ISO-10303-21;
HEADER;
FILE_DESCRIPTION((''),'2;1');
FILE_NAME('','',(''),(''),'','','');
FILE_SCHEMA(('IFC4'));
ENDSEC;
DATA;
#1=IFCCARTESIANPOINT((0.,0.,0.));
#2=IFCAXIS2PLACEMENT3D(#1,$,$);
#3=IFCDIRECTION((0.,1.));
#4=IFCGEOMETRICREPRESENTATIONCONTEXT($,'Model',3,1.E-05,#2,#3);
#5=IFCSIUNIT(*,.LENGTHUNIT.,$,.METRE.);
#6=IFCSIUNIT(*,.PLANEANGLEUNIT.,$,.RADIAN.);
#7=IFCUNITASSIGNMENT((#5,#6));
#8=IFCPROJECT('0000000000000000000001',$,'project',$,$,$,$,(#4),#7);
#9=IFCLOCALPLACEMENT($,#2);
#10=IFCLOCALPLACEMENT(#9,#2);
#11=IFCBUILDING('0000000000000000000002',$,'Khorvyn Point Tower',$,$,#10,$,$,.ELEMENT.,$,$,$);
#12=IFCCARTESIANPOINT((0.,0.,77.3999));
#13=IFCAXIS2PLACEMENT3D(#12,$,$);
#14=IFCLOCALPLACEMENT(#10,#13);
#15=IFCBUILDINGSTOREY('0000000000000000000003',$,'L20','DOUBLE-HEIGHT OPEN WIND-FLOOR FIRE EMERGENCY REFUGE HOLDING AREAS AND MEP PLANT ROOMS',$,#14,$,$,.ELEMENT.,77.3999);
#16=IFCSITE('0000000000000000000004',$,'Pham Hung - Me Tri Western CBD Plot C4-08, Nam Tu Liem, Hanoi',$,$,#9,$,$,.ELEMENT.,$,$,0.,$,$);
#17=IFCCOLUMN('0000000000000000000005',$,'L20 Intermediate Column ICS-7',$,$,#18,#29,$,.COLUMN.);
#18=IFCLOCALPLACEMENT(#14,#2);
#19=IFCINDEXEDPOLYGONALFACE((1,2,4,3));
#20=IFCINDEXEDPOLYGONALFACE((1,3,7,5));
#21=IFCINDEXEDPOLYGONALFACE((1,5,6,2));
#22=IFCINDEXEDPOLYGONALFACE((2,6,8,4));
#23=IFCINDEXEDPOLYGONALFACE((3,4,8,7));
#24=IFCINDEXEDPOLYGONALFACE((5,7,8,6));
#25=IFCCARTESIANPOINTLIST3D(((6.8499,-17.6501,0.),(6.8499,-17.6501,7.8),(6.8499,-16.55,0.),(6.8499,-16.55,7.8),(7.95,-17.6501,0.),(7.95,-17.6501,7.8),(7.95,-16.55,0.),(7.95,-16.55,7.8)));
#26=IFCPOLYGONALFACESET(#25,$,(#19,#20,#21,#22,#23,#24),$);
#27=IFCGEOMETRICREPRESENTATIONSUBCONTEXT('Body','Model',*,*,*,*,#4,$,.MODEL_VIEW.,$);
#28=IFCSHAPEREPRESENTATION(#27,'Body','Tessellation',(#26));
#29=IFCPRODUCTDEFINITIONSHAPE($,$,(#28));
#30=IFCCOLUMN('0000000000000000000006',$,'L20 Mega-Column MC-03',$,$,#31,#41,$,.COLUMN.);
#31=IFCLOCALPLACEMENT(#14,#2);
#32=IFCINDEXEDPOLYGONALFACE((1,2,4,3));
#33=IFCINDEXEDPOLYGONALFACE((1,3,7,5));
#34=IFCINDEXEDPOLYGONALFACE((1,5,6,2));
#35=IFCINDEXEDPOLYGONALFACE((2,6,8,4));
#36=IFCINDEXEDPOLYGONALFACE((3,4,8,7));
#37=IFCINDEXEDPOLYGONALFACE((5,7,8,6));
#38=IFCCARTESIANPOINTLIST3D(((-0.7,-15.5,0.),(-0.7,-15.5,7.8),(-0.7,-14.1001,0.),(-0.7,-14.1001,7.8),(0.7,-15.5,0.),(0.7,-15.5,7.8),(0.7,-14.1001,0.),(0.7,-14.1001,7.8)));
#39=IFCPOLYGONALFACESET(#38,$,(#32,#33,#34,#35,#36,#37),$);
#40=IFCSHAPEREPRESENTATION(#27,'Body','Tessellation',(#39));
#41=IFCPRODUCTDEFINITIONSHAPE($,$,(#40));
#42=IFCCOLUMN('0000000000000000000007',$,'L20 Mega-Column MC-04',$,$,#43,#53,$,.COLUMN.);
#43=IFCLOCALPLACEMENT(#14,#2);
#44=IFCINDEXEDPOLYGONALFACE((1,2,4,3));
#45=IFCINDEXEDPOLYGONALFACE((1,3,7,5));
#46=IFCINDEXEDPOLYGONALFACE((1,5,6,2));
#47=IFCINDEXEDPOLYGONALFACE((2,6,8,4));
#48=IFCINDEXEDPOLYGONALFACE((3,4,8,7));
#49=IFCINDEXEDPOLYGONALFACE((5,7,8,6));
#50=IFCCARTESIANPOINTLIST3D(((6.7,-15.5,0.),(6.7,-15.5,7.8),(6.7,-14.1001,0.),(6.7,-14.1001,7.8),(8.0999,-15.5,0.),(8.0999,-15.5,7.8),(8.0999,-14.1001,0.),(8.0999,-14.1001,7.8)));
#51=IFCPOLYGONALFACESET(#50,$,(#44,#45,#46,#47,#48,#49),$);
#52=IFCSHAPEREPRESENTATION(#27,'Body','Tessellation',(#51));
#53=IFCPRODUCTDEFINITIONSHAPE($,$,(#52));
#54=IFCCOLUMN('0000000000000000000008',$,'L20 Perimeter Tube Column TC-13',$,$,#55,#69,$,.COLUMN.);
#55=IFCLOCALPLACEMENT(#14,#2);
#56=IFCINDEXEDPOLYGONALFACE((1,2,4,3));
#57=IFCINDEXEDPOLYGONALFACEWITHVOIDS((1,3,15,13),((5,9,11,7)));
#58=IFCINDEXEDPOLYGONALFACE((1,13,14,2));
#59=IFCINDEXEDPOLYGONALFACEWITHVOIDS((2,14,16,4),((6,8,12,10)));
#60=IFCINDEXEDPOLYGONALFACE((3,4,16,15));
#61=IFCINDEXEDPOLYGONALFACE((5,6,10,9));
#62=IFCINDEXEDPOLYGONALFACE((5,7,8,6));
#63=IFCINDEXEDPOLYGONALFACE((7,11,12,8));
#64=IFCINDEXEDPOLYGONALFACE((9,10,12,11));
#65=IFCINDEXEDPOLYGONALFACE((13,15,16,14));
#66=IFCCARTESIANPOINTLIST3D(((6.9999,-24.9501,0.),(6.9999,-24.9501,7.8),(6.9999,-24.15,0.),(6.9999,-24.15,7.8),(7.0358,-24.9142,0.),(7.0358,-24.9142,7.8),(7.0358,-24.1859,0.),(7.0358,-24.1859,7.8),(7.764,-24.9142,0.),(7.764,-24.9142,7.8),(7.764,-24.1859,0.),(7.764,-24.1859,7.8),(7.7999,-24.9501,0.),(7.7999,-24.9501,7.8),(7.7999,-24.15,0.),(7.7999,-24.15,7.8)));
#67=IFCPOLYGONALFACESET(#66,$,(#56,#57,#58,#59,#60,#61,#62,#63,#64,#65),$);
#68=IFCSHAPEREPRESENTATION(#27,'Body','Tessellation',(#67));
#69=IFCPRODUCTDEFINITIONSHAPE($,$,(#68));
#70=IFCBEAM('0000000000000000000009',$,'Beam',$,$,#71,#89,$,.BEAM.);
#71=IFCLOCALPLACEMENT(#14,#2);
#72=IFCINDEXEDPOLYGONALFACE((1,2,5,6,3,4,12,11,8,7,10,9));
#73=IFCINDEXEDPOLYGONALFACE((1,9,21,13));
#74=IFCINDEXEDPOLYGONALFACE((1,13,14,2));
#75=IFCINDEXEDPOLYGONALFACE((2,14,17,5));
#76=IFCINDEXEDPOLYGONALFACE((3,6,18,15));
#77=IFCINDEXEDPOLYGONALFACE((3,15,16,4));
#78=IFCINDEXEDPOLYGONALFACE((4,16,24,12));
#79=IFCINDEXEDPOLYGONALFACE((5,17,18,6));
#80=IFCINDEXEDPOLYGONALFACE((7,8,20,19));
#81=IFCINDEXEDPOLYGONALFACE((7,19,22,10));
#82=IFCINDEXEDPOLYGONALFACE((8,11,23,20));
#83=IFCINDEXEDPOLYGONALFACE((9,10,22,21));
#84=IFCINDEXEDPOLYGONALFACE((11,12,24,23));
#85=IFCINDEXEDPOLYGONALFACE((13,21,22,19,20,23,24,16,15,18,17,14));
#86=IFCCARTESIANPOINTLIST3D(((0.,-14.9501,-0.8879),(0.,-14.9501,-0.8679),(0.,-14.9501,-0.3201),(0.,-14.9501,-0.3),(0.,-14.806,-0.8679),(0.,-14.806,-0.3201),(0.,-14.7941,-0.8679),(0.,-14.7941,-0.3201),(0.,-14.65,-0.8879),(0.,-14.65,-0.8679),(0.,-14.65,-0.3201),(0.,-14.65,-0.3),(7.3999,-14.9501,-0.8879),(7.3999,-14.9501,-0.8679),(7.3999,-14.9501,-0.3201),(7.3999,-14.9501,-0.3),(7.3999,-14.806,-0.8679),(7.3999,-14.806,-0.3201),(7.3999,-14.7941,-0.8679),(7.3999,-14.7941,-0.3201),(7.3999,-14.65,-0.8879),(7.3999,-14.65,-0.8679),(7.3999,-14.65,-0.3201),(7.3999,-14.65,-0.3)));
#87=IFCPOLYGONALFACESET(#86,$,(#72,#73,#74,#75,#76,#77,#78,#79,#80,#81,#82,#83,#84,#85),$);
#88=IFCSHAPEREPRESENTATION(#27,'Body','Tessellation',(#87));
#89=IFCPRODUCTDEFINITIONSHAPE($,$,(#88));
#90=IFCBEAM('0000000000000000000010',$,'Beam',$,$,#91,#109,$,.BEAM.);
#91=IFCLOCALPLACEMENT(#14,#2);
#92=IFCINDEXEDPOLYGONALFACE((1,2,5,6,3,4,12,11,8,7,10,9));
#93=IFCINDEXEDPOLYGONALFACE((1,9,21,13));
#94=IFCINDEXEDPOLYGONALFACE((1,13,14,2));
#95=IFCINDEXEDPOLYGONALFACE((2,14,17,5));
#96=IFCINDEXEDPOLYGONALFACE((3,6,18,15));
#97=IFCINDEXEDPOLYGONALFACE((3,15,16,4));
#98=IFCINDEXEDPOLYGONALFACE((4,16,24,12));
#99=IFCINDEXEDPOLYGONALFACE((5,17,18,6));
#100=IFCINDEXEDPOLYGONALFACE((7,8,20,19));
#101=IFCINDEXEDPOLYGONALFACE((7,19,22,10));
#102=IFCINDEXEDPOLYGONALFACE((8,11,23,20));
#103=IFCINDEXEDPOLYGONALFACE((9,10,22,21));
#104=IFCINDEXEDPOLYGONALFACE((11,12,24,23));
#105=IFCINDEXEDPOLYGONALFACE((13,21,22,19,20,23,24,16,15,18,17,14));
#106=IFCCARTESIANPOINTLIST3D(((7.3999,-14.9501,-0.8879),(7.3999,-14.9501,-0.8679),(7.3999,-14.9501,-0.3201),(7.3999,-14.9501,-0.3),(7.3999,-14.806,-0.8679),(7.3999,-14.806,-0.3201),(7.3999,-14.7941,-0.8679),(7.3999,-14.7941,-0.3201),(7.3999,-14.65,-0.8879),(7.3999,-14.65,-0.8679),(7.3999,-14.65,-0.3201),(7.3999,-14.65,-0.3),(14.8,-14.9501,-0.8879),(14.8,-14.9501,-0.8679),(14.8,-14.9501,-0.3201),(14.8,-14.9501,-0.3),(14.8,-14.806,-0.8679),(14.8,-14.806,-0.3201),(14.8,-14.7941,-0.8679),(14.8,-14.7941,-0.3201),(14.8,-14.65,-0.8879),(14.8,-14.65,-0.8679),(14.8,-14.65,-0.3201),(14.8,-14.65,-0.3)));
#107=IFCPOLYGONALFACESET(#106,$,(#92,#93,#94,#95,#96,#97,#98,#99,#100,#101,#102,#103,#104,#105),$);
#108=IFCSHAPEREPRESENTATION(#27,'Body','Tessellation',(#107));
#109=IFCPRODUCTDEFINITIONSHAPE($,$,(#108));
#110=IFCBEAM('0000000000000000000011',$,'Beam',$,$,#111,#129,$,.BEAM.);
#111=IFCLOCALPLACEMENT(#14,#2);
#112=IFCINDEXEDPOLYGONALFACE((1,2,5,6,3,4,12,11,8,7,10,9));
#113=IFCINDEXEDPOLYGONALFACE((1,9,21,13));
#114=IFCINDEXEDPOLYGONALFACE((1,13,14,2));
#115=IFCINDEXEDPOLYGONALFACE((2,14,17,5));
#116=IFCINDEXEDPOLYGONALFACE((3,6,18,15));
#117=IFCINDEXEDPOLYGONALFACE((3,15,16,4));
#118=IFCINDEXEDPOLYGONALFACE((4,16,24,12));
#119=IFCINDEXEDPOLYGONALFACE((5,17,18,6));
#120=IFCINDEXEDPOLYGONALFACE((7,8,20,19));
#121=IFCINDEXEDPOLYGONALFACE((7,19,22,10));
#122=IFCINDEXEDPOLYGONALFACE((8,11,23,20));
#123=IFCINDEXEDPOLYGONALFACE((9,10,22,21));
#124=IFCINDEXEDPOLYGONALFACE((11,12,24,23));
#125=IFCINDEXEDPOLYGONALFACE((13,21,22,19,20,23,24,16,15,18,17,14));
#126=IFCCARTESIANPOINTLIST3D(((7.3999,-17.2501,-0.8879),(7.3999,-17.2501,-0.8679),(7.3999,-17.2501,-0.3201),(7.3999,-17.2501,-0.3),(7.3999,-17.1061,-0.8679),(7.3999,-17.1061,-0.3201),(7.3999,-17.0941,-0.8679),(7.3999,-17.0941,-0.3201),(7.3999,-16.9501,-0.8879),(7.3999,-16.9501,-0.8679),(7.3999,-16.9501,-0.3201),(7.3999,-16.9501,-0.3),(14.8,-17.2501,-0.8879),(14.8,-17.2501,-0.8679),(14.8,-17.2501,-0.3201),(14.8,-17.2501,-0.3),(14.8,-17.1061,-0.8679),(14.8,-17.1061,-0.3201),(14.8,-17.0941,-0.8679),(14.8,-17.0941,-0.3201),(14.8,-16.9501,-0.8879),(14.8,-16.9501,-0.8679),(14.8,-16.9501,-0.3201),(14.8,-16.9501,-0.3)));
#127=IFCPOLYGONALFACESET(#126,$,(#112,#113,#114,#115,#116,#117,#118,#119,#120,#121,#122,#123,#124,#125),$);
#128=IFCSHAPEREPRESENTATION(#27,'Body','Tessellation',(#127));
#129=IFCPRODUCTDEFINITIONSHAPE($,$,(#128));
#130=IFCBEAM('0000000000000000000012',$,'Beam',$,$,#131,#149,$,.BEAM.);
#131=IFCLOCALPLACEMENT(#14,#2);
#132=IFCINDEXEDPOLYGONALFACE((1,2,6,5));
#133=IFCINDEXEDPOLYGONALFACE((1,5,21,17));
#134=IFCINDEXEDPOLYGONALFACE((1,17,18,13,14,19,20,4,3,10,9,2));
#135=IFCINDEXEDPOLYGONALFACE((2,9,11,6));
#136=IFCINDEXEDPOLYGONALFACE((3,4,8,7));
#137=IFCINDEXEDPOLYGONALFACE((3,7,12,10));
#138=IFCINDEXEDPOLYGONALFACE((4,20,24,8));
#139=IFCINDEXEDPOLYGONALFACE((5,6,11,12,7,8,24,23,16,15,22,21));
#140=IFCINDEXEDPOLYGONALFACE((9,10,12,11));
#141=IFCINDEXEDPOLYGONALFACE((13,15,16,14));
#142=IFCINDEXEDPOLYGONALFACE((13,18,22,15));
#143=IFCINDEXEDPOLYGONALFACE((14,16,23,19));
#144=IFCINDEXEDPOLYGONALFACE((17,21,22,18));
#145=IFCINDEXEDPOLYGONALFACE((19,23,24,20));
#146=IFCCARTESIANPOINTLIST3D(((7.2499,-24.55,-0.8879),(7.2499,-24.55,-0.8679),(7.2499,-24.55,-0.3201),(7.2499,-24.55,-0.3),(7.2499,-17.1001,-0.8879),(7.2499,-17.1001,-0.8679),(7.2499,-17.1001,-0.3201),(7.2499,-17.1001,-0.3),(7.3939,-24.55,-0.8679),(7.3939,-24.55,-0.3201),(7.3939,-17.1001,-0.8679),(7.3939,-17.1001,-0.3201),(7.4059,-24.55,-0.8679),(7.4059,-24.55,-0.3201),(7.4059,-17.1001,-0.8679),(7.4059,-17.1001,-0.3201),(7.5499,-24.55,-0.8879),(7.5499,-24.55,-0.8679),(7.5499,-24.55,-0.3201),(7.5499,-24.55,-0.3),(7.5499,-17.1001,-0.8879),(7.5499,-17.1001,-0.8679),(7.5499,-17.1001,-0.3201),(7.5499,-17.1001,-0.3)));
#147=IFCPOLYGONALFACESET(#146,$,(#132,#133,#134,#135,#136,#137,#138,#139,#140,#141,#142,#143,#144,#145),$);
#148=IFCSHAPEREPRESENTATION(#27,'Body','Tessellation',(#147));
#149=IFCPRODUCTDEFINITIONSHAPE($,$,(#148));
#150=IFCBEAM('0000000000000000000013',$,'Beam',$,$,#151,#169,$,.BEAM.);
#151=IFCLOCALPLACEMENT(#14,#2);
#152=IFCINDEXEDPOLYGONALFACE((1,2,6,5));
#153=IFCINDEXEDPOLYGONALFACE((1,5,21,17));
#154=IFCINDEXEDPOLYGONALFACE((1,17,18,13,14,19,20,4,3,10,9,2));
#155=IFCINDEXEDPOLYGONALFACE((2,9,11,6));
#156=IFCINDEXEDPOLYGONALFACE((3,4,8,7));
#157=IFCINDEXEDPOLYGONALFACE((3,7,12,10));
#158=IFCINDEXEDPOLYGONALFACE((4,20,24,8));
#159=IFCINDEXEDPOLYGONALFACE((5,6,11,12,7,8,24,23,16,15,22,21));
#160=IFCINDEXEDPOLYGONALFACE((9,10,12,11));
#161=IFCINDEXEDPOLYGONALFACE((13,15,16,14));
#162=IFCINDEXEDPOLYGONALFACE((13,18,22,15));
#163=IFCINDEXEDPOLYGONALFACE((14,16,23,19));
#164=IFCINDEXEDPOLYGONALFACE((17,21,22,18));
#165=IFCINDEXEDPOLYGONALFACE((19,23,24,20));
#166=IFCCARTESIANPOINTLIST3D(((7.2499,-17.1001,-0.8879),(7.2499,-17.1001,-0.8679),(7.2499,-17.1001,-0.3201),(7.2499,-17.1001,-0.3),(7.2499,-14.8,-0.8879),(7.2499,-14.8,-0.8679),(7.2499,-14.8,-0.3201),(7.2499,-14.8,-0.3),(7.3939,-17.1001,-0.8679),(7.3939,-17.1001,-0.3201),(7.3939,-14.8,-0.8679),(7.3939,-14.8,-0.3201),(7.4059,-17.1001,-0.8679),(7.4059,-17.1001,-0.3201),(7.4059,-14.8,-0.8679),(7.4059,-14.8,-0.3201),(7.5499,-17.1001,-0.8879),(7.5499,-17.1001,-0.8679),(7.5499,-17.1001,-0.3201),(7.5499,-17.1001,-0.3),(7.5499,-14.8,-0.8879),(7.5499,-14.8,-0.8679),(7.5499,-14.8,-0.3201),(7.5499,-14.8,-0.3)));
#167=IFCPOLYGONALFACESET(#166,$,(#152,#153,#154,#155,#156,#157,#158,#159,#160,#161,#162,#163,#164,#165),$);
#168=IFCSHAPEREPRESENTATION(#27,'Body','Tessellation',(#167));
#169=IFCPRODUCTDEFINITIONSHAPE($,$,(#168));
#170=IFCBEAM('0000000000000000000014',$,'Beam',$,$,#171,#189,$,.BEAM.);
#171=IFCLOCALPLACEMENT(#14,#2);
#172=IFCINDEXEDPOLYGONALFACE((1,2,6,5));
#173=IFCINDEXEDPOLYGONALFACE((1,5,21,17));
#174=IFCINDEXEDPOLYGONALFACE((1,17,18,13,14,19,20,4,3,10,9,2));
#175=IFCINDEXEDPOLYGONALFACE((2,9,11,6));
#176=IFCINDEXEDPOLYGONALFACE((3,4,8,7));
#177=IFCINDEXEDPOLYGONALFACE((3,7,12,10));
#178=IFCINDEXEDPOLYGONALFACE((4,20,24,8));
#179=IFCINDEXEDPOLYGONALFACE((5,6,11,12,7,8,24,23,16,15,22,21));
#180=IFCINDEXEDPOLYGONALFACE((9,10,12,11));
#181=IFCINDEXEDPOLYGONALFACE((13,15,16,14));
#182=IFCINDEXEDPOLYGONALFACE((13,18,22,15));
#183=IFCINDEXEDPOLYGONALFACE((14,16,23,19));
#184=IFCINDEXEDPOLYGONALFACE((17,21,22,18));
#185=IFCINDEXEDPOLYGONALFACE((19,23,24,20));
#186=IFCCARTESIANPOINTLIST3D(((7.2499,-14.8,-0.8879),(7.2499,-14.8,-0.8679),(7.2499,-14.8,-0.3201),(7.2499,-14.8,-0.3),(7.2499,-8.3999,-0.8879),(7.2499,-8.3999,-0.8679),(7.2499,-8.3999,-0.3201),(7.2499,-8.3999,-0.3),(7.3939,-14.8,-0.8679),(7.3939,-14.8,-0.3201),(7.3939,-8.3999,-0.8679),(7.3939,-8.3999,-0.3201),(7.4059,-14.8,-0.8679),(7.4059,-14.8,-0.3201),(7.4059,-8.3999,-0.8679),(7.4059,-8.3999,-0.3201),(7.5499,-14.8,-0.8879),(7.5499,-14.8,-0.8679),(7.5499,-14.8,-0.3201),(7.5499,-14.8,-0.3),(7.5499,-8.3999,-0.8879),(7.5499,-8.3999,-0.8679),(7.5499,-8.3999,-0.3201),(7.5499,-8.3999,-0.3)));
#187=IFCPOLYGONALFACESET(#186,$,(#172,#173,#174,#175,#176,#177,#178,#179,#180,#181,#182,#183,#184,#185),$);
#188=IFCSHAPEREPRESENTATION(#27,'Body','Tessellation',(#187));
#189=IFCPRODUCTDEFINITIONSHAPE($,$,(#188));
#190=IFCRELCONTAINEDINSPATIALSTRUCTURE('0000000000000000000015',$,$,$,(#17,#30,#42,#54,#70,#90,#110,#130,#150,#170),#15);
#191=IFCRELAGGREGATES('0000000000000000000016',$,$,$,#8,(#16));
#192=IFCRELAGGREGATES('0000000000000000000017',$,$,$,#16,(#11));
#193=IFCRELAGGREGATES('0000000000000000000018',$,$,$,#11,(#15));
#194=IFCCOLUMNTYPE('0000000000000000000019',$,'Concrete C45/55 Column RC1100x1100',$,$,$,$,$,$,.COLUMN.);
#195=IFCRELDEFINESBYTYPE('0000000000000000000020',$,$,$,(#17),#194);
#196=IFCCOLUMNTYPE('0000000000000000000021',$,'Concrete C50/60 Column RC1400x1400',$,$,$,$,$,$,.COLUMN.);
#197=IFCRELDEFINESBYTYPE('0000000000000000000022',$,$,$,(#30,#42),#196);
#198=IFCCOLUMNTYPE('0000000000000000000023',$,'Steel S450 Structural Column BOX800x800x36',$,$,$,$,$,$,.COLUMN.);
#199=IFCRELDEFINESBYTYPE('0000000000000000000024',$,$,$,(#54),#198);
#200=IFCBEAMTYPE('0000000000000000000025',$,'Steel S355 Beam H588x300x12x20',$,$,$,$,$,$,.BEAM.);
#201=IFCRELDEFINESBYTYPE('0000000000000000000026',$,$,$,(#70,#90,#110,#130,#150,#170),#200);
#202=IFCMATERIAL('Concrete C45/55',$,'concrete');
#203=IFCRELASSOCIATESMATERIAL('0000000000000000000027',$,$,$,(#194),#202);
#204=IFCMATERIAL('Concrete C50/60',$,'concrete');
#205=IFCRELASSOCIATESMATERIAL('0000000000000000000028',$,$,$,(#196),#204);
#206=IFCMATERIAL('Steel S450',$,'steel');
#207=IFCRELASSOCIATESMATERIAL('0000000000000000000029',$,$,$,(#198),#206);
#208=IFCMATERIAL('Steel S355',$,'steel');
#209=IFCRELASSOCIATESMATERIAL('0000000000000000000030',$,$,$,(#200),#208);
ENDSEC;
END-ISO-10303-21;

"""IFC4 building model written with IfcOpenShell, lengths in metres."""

from ifc_helpers import new_model, si_unit, direction, frame, origin, origin_2d, place, context, subcontext, project, spatial, rectangle, hollow_rectangle, i_section, extrude, material, material_profile, profile_set, type_object, element, save


model = new_model("IFC4")

# Units and contexts
model_context = context("Model", 3, precision=1e-05, world=origin(), true_north=direction((0.0, 1.0)))
body_context = subcontext(model_context, "Body", "Model", "MODEL_VIEW")
ifc_project = project(units=[si_unit("LENGTHUNIT", "METRE"), si_unit("PLANEANGLEUNIT", "RADIAN")], contexts=[model_context])

# Site, building, storey
site_placement = place(None, origin())
site = spatial("IfcSite", under=ifc_project, at=site_placement, Name="Pham Hung - Me Tri Western CBD Plot C4-08, Nam Tu Liem, Hanoi", CompositionType="ELEMENT", RefElevation=0.0)
building_placement = place(site_placement, origin())
building = spatial("IfcBuilding", under=site, at=building_placement, Name="Khorvyn Point Tower", CompositionType="ELEMENT")
storey_placement = place(building_placement, frame((0.0, 0.0, 77.3999)))
storey = spatial("IfcBuildingStorey", under=building, at=storey_placement, Name="L20", Description="DOUBLE-HEIGHT OPEN WIND-FLOOR FIRE EMERGENCY REFUGE HOLDING AREAS AND MEP PLANT ROOMS", CompositionType="ELEMENT", Elevation=77.3999)

# Columns
ifc_material_1 = material(Name="Concrete C45/55", Category="concrete")
ifc_material_profile_1 = material_profile(ifc_material_1, rectangle(XDim=1.1001, YDim=1.1001, at=origin_2d()))
ifc_profile_set_1 = profile_set([ifc_material_profile_1], Name="Concrete C45/55 RC1100x1100")
column_type_1 = type_object("IfcColumnType", Name="Concrete C45/55 Column RC1100x1100", PredefinedType="COLUMN", material=ifc_profile_set_1)
column_1_placement = place(storey_placement, frame((7.3999, -17.1001, 0.0), z_axis=(0.0, 0.0, 1.0), x_axis=(1.0, 0.0, 0.0)))
element("IfcColumn", 1, at=column_1_placement, inside=storey, type_object=column_type_1, Name="L20 Intermediate Column ICS-7", PredefinedType="COLUMN", context=body_context, shape_type="SweptSolid", body=[
    extrude(rectangle(XDim=1.1001, YDim=1.1001, at=origin_2d()), origin(), (0.0, 0.0, 1.0), 7.8),
])
ifc_material_2 = material(Name="Concrete C50/60", Category="concrete")
ifc_material_profile_2 = material_profile(ifc_material_2, rectangle(XDim=1.3999, YDim=1.3999, at=origin_2d()))
ifc_profile_set_2 = profile_set([ifc_material_profile_2], Name="Concrete C50/60 RC1400x1400")
column_type_2 = type_object("IfcColumnType", Name="Concrete C50/60 Column RC1400x1400", PredefinedType="COLUMN", material=ifc_profile_set_2)
for number, where, z_axis, x_axis, name in (
    (2, (0.0, -14.8, 0.0), (0.0, 0.0, 1.0), (1.0, 0.0, 0.0), "L20 Mega-Column MC-03"),
    (3, (7.3999, -14.8, 0.0), (0.0, 0.0, 1.0), (1.0, 0.0, 0.0), "L20 Mega-Column MC-04"),
):
    element("IfcColumn", number, at=place(storey_placement, frame(where, z_axis=z_axis, x_axis=x_axis)), inside=storey, type_object=column_type_2, Name=name, PredefinedType="COLUMN", context=body_context, shape_type="SweptSolid", body=[
        extrude(rectangle(XDim=1.3999, YDim=1.3999, at=origin_2d()), origin(), (0.0, 0.0, 1.0), 7.8),
    ])
ifc_material_3 = material(Name="Steel S450", Category="steel")
ifc_material_profile_3 = material_profile(ifc_material_3, hollow_rectangle(XDim=0.8, YDim=0.8, WallThickness=0.0359, at=origin_2d()))
ifc_profile_set_3 = profile_set([ifc_material_profile_3], Name="Steel S450 BOX800x800x36")
column_type_3 = type_object("IfcColumnType", Name="Steel S450 Structural Column BOX800x800x36", PredefinedType="COLUMN", material=ifc_profile_set_3)
column_2_placement = place(storey_placement, frame((7.3999, -24.55, 0.0), z_axis=(0.0, 0.0, 1.0), x_axis=(1.0, 0.0, 0.0)))
element("IfcColumn", 4, at=column_2_placement, inside=storey, type_object=column_type_3, Name="L20 Perimeter Tube Column TC-13", PredefinedType="COLUMN", context=body_context, shape_type="SweptSolid", body=[
    extrude(hollow_rectangle(XDim=0.8, YDim=0.8, WallThickness=0.0359, at=origin_2d()), origin(), (0.0, 0.0, 1.0), 7.8),
])

# Beams
ifc_material_4 = material(Name="Steel S355", Category="steel")
ifc_material_profile_4 = material_profile(ifc_material_4, i_section(OverallWidth=0.3, OverallDepth=0.5879, WebThickness=0.012, FlangeThickness=0.02, at=origin_2d()))
ifc_profile_set_4 = profile_set([ifc_material_profile_4], Name="Steel S355 H588x300x12x20")
beam_type_1 = type_object("IfcBeamType", Name="Steel S355 Beam H588x300x12x20", PredefinedType="BEAM", material=ifc_profile_set_4)
beam_1_placement = place(storey_placement, frame((0.0, -14.8, -0.594), z_axis=(1.0, 0.0, 0.0), x_axis=(0.0, 1.0, 0.0)))
element("IfcBeam", 5, at=beam_1_placement, inside=storey, type_object=beam_type_1, Name="Beam", PredefinedType="BEAM", context=body_context, shape_type="SweptSolid", body=[
    extrude(i_section(OverallWidth=0.3, OverallDepth=0.5879, WebThickness=0.012, FlangeThickness=0.02, at=origin_2d()), origin(), (0.0, 0.0, 1.0), 7.3999),
])
for number, where, z_axis, x_axis, name in (
    (6, (7.3999, -14.8, -0.594), (1.0, 0.0, 0.0), (0.0, 1.0, 0.0), "Beam"),
    (7, (7.3999, -17.1001, -0.594), (1.0, 0.0, 0.0), (0.0, 1.0, 0.0), "Beam"),
):
    element("IfcBeam", number, at=place(storey_placement, frame(where, z_axis=z_axis, x_axis=x_axis)), inside=storey, type_object=beam_type_1, Name=name, PredefinedType="BEAM", context=body_context, shape_type="SweptSolid", body=[
        extrude(i_section(OverallWidth=0.3, OverallDepth=0.5879, WebThickness=0.012, FlangeThickness=0.02, at=origin_2d()), origin(), (0.0, 0.0, 1.0), 7.4001),
    ])
beam_2_placement = place(storey_placement, frame((7.3999, -24.55, -0.594), z_axis=(0.0, 1.0, 0.0), x_axis=(-1.0, 0.0, 0.0)))
element("IfcBeam", 8, at=beam_2_placement, inside=storey, type_object=beam_type_1, Name="Beam", PredefinedType="BEAM", context=body_context, shape_type="SweptSolid", body=[
    extrude(i_section(OverallWidth=0.3, OverallDepth=0.5879, WebThickness=0.012, FlangeThickness=0.02, at=origin_2d()), origin(), (0.0, 0.0, 1.0), 7.45),
])
beam_3_placement = place(storey_placement, frame((7.3999, -17.1001, -0.594), z_axis=(0.0, 1.0, 0.0), x_axis=(-1.0, 0.0, 0.0)))
element("IfcBeam", 9, at=beam_3_placement, inside=storey, type_object=beam_type_1, Name="Beam", PredefinedType="BEAM", context=body_context, shape_type="SweptSolid", body=[
    extrude(i_section(OverallWidth=0.3, OverallDepth=0.5879, WebThickness=0.012, FlangeThickness=0.02, at=origin_2d()), origin(), (0.0, 0.0, 1.0), 2.3),
])
beam_4_placement = place(storey_placement, frame((7.3999, -14.8, -0.594), z_axis=(0.0, 1.0, 0.0), x_axis=(-1.0, 0.0, 0.0)))
element("IfcBeam", 10, at=beam_4_placement, inside=storey, type_object=beam_type_1, Name="Beam", PredefinedType="BEAM", context=body_context, shape_type="SweptSolid", body=[
    extrude(i_section(OverallWidth=0.3, OverallDepth=0.5879, WebThickness=0.012, FlangeThickness=0.02, at=origin_2d()), origin(), (0.0, 0.0, 1.0), 6.4001),
])

save(model, "model.ifc")
